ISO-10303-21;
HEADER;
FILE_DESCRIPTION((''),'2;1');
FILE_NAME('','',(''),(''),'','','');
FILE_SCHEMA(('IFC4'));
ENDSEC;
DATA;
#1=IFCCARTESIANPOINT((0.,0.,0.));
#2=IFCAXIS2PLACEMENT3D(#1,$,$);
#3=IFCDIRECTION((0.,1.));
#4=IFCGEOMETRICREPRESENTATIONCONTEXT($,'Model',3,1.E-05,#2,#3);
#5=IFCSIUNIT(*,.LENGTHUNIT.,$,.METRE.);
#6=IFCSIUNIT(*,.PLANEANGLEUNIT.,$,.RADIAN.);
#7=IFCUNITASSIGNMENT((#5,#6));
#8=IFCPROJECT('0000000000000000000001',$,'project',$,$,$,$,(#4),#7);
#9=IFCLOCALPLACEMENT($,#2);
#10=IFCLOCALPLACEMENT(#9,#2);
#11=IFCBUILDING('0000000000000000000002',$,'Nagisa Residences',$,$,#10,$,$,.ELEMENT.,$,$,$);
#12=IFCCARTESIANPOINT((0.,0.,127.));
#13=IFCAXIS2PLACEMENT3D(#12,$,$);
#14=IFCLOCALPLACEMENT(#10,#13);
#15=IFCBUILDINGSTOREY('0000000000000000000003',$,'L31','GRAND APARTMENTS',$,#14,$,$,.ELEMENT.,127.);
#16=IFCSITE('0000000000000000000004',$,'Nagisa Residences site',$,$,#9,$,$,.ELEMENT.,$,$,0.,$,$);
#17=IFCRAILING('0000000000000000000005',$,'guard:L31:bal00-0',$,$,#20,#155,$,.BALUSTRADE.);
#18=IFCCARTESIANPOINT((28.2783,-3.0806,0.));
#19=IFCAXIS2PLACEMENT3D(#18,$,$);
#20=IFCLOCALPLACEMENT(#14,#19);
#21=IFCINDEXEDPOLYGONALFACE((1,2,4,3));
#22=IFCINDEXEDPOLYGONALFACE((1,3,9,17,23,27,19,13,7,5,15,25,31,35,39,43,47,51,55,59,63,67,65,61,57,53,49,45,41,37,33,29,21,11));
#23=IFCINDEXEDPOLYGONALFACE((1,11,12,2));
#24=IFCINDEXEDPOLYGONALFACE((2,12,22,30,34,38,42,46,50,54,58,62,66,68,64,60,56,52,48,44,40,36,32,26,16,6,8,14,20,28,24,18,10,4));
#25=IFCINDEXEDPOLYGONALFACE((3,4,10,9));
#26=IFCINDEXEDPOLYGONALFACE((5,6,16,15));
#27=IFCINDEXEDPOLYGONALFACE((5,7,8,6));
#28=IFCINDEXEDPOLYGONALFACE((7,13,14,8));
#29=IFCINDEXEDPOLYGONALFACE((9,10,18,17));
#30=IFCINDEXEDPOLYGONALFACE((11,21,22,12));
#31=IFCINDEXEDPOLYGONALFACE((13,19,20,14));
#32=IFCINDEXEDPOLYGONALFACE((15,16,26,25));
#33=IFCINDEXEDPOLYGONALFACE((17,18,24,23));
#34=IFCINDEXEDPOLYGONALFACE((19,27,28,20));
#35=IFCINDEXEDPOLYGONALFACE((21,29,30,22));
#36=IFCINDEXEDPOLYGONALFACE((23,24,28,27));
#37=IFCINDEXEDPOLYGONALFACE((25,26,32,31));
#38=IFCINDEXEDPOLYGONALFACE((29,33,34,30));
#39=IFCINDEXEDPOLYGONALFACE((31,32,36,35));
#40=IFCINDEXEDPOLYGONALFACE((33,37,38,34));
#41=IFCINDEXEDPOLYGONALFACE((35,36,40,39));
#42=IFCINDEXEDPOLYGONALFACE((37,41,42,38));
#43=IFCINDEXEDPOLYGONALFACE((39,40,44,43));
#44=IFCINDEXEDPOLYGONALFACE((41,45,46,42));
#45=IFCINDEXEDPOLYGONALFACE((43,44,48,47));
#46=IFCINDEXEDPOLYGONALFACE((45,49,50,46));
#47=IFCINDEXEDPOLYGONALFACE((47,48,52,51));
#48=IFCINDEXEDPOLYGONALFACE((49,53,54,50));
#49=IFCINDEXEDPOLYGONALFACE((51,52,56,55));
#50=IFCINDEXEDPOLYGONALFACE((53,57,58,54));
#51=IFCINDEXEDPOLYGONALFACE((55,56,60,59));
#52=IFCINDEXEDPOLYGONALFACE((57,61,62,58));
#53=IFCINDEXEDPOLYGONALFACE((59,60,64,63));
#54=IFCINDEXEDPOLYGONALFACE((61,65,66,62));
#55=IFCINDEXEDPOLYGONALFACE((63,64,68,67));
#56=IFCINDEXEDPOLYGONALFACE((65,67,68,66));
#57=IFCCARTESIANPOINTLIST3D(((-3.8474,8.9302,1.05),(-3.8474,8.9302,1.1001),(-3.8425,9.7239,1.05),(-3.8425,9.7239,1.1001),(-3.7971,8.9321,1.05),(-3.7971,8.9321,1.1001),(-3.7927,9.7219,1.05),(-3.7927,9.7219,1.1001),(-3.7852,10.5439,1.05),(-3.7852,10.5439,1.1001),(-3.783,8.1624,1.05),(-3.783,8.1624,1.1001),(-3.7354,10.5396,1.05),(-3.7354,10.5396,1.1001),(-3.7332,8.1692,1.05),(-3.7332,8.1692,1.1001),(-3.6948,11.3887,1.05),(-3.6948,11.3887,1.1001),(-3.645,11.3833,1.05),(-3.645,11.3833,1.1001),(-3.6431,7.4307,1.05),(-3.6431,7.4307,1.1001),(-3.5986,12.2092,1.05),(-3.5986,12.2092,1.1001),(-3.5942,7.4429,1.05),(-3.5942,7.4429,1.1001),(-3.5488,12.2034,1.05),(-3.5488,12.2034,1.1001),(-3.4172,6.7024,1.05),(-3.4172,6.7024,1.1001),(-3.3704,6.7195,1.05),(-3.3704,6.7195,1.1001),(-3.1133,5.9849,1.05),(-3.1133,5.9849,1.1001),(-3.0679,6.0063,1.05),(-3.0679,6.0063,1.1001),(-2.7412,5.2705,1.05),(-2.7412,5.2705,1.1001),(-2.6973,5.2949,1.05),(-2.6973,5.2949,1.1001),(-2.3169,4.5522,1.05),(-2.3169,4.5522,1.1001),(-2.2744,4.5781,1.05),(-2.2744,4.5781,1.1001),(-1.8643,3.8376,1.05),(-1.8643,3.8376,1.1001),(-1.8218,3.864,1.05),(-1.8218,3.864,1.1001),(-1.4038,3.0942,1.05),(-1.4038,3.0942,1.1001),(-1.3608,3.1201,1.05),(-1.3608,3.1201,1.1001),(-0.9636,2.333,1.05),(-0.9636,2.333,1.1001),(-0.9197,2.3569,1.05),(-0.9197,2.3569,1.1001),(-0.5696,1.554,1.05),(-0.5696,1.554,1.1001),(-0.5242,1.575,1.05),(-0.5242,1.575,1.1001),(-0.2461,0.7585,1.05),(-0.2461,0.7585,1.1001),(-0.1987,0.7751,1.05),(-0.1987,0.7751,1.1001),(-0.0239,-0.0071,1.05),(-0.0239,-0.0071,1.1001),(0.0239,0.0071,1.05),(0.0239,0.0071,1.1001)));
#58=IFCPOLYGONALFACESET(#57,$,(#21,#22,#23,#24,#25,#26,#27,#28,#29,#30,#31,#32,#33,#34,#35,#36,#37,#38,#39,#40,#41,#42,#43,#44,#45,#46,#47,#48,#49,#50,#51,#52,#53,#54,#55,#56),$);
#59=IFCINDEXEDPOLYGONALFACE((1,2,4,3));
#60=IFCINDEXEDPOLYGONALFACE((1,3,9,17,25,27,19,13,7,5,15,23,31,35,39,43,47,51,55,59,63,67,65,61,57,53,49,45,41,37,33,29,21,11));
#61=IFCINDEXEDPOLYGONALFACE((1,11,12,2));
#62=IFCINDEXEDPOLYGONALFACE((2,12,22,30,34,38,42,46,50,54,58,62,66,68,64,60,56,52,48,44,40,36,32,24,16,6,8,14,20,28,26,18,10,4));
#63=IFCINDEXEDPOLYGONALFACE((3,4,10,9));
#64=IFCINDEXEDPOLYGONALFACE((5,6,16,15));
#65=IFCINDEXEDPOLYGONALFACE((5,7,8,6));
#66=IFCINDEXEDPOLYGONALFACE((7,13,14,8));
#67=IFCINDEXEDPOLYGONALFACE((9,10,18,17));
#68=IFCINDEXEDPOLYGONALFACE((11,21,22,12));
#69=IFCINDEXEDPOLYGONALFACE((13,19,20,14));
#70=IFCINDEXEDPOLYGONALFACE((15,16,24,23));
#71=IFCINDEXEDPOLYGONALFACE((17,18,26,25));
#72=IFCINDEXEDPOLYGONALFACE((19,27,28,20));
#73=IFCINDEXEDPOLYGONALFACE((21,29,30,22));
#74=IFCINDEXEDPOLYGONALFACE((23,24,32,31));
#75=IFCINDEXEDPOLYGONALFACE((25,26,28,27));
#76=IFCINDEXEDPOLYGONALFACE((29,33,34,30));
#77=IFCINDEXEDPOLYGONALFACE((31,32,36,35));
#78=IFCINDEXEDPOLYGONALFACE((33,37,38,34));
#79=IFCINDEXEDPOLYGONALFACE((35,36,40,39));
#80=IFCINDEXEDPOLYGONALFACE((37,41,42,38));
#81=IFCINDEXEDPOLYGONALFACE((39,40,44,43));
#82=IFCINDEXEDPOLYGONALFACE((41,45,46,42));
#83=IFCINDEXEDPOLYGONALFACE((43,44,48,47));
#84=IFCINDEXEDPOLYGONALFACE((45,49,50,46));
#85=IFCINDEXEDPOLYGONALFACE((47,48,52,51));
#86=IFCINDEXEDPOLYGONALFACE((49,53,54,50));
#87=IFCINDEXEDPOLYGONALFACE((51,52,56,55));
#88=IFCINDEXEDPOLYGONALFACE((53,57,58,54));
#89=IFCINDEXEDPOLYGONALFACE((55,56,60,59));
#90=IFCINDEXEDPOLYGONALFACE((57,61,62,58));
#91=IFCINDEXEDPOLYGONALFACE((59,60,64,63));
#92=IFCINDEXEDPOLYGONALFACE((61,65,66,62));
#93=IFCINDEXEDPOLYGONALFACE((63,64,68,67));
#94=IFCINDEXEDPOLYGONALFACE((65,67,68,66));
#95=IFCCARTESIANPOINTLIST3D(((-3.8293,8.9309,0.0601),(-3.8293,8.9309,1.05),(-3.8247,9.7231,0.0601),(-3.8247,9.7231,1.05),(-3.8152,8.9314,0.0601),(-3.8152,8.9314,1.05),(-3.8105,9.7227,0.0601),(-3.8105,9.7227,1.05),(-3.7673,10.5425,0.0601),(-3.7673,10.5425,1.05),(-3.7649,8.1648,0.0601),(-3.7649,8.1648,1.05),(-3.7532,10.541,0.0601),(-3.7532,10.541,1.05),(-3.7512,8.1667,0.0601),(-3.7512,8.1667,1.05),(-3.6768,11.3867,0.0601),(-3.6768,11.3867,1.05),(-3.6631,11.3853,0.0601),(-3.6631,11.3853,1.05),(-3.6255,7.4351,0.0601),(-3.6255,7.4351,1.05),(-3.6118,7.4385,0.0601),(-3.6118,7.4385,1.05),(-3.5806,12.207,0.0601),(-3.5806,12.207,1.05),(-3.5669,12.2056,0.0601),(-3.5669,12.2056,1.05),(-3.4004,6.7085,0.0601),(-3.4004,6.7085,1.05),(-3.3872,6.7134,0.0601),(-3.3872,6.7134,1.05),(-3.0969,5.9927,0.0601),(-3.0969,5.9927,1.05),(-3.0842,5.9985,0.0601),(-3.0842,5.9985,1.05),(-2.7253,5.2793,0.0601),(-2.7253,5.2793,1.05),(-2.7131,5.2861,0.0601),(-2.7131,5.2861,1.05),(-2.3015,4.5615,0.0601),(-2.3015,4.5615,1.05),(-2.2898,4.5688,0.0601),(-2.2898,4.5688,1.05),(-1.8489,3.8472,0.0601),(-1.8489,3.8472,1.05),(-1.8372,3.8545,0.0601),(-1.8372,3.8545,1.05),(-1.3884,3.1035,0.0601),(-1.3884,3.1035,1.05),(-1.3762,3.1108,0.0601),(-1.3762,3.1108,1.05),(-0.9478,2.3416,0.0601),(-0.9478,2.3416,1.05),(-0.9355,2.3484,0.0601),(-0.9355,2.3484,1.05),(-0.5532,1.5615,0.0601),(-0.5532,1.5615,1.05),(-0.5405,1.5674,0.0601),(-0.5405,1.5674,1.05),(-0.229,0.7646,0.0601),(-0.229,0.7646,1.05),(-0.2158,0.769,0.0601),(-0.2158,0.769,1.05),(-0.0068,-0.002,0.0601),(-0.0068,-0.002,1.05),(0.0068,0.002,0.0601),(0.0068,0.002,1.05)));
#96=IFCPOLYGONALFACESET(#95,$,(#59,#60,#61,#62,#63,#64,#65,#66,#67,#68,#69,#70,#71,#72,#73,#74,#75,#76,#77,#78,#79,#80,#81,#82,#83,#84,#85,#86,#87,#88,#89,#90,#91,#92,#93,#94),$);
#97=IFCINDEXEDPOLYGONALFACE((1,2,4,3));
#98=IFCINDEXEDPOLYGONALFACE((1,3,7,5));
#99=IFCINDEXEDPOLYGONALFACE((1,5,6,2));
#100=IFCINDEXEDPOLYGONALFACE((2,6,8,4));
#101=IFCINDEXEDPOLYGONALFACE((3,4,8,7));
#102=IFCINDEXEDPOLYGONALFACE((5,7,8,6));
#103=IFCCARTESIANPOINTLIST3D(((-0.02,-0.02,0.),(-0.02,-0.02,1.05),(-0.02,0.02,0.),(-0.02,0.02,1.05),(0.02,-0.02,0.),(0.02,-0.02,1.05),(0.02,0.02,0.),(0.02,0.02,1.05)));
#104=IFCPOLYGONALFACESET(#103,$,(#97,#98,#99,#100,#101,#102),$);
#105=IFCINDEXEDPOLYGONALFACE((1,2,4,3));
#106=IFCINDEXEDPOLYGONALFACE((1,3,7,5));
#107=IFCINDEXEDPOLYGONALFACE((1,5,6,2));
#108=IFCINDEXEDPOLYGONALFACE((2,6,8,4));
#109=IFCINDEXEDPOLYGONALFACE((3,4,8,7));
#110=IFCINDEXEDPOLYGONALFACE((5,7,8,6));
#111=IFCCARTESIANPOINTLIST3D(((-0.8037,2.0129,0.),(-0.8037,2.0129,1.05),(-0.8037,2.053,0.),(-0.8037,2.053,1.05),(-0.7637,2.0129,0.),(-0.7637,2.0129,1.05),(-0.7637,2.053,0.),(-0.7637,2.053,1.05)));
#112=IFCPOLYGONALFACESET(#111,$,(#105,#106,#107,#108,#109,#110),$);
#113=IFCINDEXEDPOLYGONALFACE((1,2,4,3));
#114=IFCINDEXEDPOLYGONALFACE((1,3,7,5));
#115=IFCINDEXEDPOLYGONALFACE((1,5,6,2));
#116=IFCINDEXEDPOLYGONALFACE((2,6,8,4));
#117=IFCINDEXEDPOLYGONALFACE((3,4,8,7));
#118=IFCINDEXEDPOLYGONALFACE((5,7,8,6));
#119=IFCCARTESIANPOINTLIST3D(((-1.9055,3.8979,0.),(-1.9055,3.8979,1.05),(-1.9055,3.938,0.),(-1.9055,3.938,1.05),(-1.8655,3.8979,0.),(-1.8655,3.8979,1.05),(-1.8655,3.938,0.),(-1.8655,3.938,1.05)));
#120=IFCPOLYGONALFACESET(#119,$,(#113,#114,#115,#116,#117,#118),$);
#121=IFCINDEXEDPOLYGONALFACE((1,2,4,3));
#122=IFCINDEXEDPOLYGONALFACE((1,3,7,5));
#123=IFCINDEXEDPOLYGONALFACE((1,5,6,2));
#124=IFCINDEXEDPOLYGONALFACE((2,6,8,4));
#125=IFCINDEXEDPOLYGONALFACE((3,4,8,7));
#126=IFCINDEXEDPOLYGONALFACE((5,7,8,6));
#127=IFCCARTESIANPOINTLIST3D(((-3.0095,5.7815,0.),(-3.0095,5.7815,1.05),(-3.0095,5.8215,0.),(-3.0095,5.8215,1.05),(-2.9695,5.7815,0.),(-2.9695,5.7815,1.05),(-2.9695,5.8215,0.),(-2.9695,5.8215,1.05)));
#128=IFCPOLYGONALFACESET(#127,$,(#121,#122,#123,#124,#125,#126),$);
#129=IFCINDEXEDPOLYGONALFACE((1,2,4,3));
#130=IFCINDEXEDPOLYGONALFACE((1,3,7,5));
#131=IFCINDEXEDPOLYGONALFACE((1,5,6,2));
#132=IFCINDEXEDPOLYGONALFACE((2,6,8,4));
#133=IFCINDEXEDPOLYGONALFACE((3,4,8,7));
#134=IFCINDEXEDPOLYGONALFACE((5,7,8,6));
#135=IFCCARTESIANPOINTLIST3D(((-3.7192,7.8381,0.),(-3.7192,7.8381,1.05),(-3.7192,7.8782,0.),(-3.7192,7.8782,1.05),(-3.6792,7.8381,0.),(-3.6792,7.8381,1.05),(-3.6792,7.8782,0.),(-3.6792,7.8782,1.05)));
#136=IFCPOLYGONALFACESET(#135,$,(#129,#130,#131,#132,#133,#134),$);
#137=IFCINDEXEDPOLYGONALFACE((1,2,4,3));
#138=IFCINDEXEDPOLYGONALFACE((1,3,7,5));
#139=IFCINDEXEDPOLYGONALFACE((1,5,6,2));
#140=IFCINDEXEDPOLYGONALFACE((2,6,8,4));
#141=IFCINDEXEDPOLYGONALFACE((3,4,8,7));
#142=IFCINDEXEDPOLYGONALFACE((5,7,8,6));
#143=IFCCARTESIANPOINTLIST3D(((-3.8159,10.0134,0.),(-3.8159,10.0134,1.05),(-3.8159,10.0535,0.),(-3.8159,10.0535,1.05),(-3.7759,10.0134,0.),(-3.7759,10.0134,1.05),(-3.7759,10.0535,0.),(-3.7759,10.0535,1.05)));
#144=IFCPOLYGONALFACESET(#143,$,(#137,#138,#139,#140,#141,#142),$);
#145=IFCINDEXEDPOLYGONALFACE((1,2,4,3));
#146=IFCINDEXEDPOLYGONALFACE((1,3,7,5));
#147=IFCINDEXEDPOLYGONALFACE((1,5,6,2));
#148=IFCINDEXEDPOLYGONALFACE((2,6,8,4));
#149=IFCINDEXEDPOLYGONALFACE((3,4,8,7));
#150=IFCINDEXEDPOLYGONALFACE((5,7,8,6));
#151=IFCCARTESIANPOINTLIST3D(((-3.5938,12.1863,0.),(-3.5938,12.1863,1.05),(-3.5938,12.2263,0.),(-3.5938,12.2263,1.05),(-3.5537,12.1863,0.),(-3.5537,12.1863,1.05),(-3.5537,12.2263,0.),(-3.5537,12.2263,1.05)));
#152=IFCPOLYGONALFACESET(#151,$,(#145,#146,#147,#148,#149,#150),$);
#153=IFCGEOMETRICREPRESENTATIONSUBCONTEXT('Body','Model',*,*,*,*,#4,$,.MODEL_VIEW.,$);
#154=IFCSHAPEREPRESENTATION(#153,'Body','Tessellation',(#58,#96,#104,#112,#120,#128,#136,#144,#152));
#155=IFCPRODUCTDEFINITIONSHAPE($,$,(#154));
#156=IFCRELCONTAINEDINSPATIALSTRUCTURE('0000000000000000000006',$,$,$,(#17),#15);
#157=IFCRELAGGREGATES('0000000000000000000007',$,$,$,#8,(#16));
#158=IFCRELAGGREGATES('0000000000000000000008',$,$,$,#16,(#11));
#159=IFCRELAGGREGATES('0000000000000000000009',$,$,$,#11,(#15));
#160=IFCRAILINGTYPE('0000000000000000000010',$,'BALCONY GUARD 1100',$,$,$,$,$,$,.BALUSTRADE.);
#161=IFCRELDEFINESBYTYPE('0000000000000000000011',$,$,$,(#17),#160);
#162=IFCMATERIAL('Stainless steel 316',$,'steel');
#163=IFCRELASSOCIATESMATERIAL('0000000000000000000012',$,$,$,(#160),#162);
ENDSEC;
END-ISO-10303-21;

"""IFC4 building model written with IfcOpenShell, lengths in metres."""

from ifc_helpers import new_model, si_unit, direction, frame, origin, origin_2d, place, context, subcontext, project, spatial, polyline, rectangle, outline, extrude, material, type_object, element, save


model = new_model("IFC4")

# Units and contexts
model_context = context("Model", 3, precision=1e-05, world=origin(), true_north=direction((0.0, 1.0)))
body_context = subcontext(model_context, "Body", "Model", "MODEL_VIEW")
ifc_project = project(units=[si_unit("LENGTHUNIT", "METRE"), si_unit("PLANEANGLEUNIT", "RADIAN")], contexts=[model_context])

# Site, building, storey
site_placement = place(None, origin())
site = spatial("IfcSite", under=ifc_project, at=site_placement, Name="Nagisa Residences site", CompositionType="ELEMENT", RefElevation=0.0)
building_placement = place(site_placement, origin())
building = spatial("IfcBuilding", under=site, at=building_placement, Name="Nagisa Residences", CompositionType="ELEMENT")
storey_placement = place(building_placement, frame((0.0, 0.0, 127.0)))
storey = spatial("IfcBuildingStorey", under=building, at=storey_placement, Name="L31", Description="GRAND APARTMENTS", CompositionType="ELEMENT", Elevation=127.0)

# Railing
ifc_material_1 = material(Name="Stainless steel 316", Category="steel")
railing_type = type_object("IfcRailingType", Name="BALCONY GUARD 1100", PredefinedType="BALUSTRADE", material=ifc_material_1)
railing_placement = place(storey_placement, frame((28.2783, -3.0806, 0.0)))
element("IfcRailing", 1, at=railing_placement, inside=storey, type_object=railing_type, Name="guard:L31:bal00-0", PredefinedType="BALUSTRADE", context=body_context, shape_type="SweptSolid", body=[
    extrude(outline(polyline([(-0.2461, 0.7585), (-0.0239, -0.0071), (0.0239, 0.0071), (-0.1987, 0.7751), (-0.5242, 1.575), (-0.9197, 2.3569), (-1.3608, 3.1201), (-1.8218, 3.864), (-2.2744, 4.5781), (-2.6973, 5.2949), (-3.0679, 6.0063), (-3.3704, 6.7195), (-3.5942, 7.4429), (-3.7332, 8.1692), (-3.7971, 8.9321), (-3.7927, 9.7219), (-3.7354, 10.5396), (-3.645, 11.3833), (-3.5488, 12.2034), (-3.5986, 12.2092), (-3.6948, 11.3887), (-3.7852, 10.5439), (-3.8425, 9.7239), (-3.8474, 8.9302), (-3.783, 8.1624), (-3.6431, 7.4307), (-3.4172, 6.7024), (-3.1133, 5.9849), (-2.7412, 5.2705), (-2.3169, 4.5522), (-1.8643, 3.8376), (-1.4038, 3.0942), (-0.9636, 2.333), (-0.5696, 1.554), (-0.2461, 0.7585)])), frame((0.0, 0.0, 1.05)), (0.0, 0.0, 1.0), 0.05),
    extrude(outline(polyline([(-0.229, 0.7646), (-0.0068, -0.002), (0.0068, 0.002), (-0.2158, 0.769), (-0.5405, 1.5674), (-0.9355, 2.3484), (-1.3762, 3.1108), (-1.8372, 3.8545), (-2.2898, 4.5688), (-2.7131, 5.2861), (-3.0842, 5.9985), (-3.3872, 6.7134), (-3.6118, 7.4385), (-3.7512, 8.1667), (-3.8152, 8.9314), (-3.8105, 9.7227), (-3.7532, 10.541), (-3.6631, 11.3853), (-3.5669, 12.2056), (-3.5806, 12.207), (-3.6768, 11.3867), (-3.7673, 10.5425), (-3.8247, 9.7231), (-3.8293, 8.9309), (-3.7649, 8.1648), (-3.6255, 7.4351), (-3.4004, 6.7085), (-3.0969, 5.9927), (-2.7253, 5.2793), (-2.3015, 4.5615), (-1.8489, 3.8472), (-1.3884, 3.1035), (-0.9478, 2.3416), (-0.5532, 1.5615), (-0.229, 0.7646)])), frame((0.0, 0.0, 0.0601)), (0.0, 0.0, 1.0), 0.99),
    extrude(rectangle(XDim=0.04, YDim=0.04, at=origin_2d()), origin(), (0.0, 0.0, 1.0), 1.05),
    extrude(rectangle(XDim=0.04, YDim=0.04, at=origin_2d()), frame((-0.7837, 2.033, 0.0)), (0.0, 0.0, 1.0), 1.05),
    extrude(rectangle(XDim=0.04, YDim=0.04, at=origin_2d()), frame((-1.8855, 3.918, 0.0)), (0.0, 0.0, 1.0), 1.05),
    extrude(rectangle(XDim=0.04, YDim=0.04, at=origin_2d()), frame((-2.9895, 5.8015, 0.0)), (0.0, 0.0, 1.0), 1.05),
    extrude(rectangle(XDim=0.04, YDim=0.04, at=origin_2d()), frame((-3.6992, 7.8582, 0.0)), (0.0, 0.0, 1.0), 1.05),
    extrude(rectangle(XDim=0.04, YDim=0.04, at=origin_2d()), frame((-3.7959, 10.0334, 0.0)), (0.0, 0.0, 1.0), 1.05),
    extrude(rectangle(XDim=0.04, YDim=0.04, at=origin_2d()), frame((-3.5737, 12.2063, 0.0)), (0.0, 0.0, 1.0), 1.05),
])

save(model, "model.ifc")
